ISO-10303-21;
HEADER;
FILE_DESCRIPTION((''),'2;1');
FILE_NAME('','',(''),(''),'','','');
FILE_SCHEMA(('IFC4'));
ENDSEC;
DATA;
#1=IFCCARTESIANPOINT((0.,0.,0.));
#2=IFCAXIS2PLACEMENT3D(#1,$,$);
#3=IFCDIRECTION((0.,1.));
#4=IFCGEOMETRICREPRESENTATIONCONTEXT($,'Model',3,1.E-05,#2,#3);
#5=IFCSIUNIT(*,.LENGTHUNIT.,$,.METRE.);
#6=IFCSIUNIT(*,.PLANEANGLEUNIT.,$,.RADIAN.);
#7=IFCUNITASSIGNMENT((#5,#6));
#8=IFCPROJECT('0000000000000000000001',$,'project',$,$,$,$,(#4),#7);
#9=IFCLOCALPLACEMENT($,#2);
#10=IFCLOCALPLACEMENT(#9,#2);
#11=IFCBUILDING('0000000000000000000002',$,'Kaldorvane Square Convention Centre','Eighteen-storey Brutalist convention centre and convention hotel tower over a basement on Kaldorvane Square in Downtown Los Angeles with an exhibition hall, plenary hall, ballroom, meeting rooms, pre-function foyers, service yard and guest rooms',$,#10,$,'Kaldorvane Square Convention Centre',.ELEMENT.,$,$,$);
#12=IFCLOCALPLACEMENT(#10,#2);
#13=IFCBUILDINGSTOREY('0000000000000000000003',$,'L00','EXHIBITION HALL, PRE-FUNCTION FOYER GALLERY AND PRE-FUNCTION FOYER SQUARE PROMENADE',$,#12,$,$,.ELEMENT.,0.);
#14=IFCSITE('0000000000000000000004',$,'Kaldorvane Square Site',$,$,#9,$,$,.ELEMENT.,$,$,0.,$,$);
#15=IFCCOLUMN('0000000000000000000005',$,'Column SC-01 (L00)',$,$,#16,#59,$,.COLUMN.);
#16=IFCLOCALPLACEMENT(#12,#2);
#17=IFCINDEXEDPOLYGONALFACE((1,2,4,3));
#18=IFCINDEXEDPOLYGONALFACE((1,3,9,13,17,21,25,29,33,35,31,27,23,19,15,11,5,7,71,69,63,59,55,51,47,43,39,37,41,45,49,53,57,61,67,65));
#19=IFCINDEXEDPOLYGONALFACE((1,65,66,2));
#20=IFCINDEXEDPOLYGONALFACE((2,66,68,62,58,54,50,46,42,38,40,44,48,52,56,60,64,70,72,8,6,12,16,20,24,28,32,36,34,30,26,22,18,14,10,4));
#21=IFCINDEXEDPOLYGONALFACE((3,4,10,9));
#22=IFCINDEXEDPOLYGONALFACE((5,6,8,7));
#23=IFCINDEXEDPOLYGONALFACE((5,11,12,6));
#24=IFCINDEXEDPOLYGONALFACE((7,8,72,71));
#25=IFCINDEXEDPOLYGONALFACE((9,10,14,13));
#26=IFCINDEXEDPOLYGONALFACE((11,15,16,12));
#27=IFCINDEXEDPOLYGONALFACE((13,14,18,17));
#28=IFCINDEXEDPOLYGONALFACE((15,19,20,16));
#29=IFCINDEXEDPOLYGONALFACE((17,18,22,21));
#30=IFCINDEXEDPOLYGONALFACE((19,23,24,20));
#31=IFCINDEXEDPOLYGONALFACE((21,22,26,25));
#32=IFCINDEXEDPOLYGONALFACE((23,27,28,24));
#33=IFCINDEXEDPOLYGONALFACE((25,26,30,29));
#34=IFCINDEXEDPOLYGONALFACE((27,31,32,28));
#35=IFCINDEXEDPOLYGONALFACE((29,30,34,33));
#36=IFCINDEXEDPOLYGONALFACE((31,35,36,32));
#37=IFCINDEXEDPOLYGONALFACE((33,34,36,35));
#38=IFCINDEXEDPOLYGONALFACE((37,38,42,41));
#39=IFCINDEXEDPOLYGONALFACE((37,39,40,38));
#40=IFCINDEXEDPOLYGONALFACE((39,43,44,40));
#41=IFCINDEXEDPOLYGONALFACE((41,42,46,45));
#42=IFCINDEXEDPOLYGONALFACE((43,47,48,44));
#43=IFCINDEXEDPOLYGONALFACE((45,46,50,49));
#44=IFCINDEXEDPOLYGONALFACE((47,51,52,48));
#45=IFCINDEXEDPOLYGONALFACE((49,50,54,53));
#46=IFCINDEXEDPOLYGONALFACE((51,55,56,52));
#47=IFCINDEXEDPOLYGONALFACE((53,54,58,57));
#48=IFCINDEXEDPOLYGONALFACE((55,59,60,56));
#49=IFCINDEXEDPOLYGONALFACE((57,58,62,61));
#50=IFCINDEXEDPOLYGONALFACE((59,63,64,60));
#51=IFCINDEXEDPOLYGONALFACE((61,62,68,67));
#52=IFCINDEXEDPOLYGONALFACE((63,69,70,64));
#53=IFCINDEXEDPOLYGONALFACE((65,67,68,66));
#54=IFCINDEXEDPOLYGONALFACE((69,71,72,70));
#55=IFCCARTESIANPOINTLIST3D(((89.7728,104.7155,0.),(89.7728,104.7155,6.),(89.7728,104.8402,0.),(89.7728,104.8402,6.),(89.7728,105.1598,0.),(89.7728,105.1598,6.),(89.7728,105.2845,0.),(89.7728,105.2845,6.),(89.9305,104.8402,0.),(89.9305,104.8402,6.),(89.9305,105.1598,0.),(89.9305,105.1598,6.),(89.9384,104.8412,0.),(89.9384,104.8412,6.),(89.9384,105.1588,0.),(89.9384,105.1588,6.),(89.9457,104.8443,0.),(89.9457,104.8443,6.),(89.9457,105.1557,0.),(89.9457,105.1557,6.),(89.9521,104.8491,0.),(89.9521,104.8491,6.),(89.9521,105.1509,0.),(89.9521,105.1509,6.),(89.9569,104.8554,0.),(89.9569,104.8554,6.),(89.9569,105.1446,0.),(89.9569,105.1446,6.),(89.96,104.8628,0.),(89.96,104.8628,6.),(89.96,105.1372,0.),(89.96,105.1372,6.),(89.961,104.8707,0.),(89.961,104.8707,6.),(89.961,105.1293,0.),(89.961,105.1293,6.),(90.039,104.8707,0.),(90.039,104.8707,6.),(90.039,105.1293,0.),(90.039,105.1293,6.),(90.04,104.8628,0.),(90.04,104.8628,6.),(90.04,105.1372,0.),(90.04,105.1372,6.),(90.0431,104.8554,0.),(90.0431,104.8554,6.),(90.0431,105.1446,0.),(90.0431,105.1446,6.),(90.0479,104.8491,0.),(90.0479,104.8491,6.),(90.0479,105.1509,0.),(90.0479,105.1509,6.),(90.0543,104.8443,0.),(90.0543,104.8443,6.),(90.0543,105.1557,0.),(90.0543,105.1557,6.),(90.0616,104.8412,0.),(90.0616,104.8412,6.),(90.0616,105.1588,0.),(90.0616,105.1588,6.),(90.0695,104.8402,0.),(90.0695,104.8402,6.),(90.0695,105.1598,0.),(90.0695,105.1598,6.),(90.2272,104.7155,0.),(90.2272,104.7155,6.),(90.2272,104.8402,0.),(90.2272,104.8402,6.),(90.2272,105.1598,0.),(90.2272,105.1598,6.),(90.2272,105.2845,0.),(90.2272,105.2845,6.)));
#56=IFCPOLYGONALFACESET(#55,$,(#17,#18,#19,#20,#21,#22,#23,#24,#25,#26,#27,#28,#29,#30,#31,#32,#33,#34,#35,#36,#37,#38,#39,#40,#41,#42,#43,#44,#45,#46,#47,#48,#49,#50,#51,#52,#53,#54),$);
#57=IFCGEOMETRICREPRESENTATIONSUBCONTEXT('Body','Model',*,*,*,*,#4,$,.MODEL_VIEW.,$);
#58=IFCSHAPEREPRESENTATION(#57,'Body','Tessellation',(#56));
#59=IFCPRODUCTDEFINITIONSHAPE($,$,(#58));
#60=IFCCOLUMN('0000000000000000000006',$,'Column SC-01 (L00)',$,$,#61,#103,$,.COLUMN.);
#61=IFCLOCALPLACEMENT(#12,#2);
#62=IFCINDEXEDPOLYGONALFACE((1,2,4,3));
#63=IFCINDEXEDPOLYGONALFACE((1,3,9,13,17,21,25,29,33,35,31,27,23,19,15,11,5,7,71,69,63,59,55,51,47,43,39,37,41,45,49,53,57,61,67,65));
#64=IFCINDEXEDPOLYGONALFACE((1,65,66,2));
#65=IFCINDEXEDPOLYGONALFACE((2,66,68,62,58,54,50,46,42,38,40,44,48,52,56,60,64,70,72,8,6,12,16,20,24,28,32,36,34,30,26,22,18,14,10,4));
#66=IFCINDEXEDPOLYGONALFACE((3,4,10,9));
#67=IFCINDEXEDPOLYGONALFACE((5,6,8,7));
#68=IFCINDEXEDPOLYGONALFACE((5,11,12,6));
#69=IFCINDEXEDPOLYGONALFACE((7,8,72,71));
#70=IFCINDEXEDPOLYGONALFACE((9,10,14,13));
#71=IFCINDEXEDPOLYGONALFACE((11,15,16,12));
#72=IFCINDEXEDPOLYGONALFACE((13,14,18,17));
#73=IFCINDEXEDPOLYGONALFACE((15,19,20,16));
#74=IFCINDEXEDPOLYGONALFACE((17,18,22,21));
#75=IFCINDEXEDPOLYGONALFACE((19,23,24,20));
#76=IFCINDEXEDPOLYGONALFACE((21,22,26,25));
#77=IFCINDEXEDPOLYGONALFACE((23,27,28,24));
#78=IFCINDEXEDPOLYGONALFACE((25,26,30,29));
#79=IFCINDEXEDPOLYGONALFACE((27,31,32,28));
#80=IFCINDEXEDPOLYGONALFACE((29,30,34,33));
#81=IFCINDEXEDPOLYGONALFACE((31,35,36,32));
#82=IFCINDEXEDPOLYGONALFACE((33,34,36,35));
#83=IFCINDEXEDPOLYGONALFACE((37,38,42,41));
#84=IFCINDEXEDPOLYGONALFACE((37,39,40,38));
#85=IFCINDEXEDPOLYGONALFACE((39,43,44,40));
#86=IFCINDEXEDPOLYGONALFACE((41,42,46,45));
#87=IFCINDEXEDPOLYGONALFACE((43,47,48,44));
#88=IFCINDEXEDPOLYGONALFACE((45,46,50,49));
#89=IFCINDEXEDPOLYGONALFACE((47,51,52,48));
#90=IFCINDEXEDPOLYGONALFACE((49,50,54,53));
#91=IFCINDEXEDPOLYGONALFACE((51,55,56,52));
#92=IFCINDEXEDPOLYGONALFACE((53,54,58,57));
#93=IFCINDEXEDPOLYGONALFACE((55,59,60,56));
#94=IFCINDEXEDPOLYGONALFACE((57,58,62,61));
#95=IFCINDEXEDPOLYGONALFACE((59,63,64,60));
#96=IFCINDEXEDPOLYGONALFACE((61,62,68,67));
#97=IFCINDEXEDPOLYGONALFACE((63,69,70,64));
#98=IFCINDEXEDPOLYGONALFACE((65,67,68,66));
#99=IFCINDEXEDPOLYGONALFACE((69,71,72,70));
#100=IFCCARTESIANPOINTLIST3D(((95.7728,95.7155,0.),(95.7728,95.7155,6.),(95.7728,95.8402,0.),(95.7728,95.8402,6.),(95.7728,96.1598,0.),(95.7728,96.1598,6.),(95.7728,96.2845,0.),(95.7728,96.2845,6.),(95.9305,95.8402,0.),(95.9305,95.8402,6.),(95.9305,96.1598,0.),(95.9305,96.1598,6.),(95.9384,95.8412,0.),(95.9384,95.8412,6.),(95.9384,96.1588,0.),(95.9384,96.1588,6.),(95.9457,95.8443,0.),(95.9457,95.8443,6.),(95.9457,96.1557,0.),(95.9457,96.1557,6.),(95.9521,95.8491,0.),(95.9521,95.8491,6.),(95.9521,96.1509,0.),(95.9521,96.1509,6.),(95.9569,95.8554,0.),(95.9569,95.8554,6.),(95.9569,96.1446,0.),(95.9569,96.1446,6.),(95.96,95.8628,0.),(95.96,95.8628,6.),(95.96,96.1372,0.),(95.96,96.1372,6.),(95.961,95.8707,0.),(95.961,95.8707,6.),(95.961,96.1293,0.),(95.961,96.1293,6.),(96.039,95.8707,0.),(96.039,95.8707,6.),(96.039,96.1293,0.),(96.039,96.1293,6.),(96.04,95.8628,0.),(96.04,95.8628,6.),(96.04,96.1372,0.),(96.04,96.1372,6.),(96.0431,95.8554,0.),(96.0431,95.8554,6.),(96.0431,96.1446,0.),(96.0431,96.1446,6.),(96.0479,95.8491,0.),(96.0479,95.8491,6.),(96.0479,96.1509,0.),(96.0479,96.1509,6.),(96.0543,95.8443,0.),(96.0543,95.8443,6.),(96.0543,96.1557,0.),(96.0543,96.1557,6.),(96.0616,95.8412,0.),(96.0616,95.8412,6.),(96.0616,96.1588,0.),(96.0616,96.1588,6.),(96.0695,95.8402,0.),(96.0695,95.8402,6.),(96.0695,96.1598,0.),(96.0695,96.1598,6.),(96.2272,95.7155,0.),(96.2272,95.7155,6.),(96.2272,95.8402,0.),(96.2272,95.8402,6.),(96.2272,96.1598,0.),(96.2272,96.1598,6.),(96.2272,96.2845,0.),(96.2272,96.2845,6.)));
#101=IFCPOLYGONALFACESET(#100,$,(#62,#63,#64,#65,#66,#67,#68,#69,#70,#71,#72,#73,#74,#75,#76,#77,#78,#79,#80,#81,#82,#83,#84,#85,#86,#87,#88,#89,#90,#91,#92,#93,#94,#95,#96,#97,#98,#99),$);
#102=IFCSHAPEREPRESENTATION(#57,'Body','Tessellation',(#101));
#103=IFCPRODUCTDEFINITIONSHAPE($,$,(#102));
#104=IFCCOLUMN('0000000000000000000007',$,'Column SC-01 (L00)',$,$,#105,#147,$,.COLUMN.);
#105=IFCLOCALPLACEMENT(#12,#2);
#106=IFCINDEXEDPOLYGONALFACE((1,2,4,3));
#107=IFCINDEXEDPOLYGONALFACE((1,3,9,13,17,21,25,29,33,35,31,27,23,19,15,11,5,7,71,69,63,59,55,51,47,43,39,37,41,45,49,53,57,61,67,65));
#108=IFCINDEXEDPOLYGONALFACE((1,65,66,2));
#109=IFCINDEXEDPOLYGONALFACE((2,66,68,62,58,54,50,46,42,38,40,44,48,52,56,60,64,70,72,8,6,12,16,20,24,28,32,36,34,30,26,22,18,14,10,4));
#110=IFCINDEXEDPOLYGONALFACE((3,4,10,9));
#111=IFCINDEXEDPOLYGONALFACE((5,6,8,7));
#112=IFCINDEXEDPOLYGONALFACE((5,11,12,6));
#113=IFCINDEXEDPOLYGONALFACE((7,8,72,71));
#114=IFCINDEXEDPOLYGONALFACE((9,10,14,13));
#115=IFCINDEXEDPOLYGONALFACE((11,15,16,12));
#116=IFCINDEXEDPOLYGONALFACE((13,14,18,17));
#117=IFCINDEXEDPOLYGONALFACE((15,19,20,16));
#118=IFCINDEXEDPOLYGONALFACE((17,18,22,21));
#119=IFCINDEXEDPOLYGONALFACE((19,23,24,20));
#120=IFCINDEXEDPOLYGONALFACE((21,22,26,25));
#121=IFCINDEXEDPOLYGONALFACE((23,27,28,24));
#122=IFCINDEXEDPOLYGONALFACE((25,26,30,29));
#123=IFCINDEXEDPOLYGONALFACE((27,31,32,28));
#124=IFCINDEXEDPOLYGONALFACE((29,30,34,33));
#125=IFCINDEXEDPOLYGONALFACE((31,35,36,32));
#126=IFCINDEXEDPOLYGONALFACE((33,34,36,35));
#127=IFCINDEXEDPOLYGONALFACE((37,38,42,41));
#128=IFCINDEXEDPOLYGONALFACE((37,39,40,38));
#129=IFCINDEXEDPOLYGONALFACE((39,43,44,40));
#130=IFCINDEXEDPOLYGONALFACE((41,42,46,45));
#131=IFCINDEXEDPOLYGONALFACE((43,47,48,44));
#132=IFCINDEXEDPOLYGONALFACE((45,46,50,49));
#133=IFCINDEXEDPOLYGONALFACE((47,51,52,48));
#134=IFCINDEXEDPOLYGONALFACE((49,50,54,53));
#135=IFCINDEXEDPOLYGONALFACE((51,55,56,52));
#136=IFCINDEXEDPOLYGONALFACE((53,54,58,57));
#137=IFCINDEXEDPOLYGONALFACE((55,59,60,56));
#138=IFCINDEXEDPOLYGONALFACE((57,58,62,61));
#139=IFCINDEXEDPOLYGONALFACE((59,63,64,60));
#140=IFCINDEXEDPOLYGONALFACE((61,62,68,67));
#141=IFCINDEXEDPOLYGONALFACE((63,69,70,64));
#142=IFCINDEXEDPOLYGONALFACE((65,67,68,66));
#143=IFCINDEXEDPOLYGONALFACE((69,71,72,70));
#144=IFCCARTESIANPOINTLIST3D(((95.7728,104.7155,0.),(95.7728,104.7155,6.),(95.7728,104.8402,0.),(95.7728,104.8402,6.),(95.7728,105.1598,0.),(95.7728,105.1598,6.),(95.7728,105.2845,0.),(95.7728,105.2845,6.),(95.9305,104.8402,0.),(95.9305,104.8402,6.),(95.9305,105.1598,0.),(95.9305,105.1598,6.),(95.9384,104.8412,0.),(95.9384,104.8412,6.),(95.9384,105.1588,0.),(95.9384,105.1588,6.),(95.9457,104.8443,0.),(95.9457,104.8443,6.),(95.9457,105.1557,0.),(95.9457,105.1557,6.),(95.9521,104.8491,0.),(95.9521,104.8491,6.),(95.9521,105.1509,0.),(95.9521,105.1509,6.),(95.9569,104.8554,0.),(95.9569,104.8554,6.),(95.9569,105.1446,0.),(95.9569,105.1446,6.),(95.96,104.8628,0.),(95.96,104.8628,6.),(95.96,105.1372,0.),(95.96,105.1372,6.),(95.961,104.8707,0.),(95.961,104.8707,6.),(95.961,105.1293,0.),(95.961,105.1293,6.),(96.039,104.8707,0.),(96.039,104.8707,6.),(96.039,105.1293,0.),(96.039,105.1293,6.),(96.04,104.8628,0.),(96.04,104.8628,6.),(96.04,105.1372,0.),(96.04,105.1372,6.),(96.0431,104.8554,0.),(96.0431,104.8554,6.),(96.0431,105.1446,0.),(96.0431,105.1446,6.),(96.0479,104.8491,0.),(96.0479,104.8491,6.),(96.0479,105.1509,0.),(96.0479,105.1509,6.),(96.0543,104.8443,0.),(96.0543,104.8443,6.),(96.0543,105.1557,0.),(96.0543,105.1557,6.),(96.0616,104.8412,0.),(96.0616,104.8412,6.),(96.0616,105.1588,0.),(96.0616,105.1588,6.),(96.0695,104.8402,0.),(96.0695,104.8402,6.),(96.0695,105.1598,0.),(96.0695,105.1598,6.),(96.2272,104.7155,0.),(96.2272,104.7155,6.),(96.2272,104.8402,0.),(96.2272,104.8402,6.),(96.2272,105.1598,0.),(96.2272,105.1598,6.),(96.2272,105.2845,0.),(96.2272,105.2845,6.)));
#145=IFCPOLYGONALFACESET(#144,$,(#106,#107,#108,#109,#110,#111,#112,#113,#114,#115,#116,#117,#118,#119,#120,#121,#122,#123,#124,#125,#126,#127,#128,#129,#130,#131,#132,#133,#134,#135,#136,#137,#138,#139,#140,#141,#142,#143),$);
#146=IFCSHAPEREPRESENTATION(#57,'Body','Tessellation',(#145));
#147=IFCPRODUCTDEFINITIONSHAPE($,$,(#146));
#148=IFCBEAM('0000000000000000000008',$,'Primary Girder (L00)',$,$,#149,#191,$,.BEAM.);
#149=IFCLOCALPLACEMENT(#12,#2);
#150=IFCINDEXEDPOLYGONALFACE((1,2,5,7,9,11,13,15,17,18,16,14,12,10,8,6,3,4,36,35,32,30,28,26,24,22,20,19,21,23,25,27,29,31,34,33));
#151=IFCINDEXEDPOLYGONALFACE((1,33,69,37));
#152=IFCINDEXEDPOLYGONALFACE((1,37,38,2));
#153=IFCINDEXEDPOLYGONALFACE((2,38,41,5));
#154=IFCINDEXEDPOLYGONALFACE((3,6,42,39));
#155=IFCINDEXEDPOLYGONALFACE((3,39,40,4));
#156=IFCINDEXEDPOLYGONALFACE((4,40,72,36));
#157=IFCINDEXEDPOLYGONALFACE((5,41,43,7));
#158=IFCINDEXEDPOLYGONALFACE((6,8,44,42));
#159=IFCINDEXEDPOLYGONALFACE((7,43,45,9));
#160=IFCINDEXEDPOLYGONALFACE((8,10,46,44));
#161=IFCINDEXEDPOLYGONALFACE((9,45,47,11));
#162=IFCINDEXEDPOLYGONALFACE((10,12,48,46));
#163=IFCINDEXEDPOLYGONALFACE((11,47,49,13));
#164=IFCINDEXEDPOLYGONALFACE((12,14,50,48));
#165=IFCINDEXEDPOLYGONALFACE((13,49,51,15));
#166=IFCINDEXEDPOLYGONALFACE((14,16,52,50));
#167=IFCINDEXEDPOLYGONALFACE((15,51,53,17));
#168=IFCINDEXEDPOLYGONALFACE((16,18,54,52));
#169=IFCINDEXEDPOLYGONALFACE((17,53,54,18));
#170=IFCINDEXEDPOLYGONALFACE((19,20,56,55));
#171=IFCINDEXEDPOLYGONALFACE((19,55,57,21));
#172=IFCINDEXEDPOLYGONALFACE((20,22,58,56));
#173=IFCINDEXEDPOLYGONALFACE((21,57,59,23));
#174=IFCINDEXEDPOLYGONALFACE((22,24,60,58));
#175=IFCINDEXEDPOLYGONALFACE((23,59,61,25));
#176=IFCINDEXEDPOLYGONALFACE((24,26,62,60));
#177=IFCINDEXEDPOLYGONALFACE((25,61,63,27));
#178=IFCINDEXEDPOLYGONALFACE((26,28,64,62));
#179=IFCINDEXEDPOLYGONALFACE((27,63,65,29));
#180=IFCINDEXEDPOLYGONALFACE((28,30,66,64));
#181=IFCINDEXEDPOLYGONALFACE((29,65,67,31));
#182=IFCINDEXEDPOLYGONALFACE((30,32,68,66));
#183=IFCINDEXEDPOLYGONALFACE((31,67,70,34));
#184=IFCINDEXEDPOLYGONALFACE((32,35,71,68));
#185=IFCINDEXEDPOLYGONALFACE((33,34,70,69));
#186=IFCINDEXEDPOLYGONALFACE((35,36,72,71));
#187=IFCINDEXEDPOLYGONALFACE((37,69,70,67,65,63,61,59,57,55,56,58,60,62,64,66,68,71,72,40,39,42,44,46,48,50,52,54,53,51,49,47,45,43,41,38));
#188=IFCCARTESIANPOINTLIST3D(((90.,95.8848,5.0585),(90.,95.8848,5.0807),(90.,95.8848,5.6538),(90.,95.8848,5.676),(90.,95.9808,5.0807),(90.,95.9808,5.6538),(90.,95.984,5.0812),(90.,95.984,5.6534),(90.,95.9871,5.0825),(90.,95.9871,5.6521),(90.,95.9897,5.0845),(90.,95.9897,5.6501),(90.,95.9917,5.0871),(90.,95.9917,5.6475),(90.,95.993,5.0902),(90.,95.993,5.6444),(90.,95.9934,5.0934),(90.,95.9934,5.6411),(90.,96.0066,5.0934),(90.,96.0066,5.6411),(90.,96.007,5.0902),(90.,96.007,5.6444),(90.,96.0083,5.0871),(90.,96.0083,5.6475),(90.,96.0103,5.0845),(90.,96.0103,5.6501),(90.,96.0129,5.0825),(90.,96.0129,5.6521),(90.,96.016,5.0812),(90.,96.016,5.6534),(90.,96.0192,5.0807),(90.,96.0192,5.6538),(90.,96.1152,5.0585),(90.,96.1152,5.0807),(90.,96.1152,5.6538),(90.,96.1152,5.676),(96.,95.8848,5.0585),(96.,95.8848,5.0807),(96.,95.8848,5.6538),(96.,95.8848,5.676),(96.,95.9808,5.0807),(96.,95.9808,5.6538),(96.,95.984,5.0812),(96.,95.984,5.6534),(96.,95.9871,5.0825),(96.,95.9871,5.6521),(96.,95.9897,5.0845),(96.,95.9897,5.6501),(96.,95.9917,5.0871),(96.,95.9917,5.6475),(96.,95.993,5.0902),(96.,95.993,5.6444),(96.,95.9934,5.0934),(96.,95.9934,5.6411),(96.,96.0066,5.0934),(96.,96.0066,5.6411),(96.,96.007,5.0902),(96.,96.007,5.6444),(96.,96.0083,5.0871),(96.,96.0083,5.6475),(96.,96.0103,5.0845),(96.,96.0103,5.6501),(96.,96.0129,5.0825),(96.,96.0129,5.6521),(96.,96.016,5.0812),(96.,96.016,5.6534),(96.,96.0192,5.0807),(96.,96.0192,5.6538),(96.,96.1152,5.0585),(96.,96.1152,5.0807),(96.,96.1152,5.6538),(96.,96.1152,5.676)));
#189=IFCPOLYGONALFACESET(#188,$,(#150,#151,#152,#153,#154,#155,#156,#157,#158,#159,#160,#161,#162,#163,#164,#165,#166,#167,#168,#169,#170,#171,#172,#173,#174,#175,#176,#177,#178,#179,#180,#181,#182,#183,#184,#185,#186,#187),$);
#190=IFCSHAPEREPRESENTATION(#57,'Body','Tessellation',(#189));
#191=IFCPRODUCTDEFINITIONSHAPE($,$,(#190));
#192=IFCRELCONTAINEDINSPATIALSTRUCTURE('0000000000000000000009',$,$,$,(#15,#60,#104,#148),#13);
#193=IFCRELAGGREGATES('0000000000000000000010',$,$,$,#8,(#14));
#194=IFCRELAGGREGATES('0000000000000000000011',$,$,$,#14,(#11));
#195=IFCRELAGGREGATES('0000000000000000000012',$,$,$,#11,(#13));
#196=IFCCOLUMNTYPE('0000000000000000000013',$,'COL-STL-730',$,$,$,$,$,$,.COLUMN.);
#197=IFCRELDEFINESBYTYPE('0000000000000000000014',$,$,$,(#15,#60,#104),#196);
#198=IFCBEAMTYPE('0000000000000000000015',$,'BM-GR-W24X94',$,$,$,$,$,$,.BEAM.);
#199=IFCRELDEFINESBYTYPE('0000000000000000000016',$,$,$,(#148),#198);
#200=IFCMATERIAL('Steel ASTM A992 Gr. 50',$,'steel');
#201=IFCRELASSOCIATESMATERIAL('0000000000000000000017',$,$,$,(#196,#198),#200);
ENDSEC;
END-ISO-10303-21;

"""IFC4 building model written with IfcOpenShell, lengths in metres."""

from ifc_helpers import new_model, si_unit, direction, frame, origin, origin_2d, place, context, subcontext, project, spatial, i_section, extrude, material, material_profile, profile_set, type_object, element, save


model = new_model("IFC4")

# Units and contexts
model_context = context("Model", 3, precision=1e-05, world=origin(), true_north=direction((0.0, 1.0)))
body_context = subcontext(model_context, "Body", "Model", "MODEL_VIEW")
ifc_project = project(units=[si_unit("LENGTHUNIT", "METRE"), si_unit("PLANEANGLEUNIT", "RADIAN")], contexts=[model_context])

# Site, building, storey
site_placement = place(None, origin())
site = spatial("IfcSite", under=ifc_project, at=site_placement, Name="Kaldorvane Square Site", CompositionType="ELEMENT", RefElevation=0.0)
building_placement = place(site_placement, origin())
building = spatial("IfcBuilding", under=site, at=building_placement, Name="Kaldorvane Square Convention Centre", Description="Eighteen-storey Brutalist convention centre and convention hotel tower over a basement on Kaldorvane Square in Downtown Los Angeles with an exhibition hall, plenary hall, ballroom, meeting rooms, pre-function foyers, service yard and guest rooms", LongName="Kaldorvane Square Convention Centre", CompositionType="ELEMENT")
storey_placement = place(building_placement, origin())
storey = spatial("IfcBuildingStorey", under=building, at=storey_placement, Name="L00", Description="EXHIBITION HALL, PRE-FUNCTION FOYER GALLERY AND PRE-FUNCTION FOYER SQUARE PROMENADE", CompositionType="ELEMENT", Elevation=0.0)

# Columns
ifc_material_1 = material(Name="Steel ASTM A992 Gr. 50", Category="steel")
ifc_material_profile_1 = material_profile(ifc_material_1, i_section(OverallWidth=0.4544, OverallDepth=0.569, WebThickness=0.078, FlangeThickness=0.1247, FilletRadius=0.0305, at=origin_2d()), Name="W14X730")
ifc_profile_set_1 = profile_set([ifc_material_profile_1], Name="Steel ASTM A992 Gr. 50")
column_type_1 = type_object("IfcColumnType", Name="COL-STL-730", PredefinedType="COLUMN", material=ifc_profile_set_1)
for number, where, z_axis, x_axis, name in (
    (1, (90.0, 105.0, 0.0), (0.0, 0.0, 1.0), (1.0, 0.0, 0.0), "Column SC-01 (L00)"),
    (2, (96.0, 96.0, 0.0), (0.0, 0.0, 1.0), (1.0, 0.0, 0.0), "Column SC-01 (L00)"),
    (3, (96.0, 105.0, 0.0), (0.0, 0.0, 1.0), (1.0, 0.0, 0.0), "Column SC-01 (L00)"),
):
    element("IfcColumn", number, at=place(storey_placement, frame(where, z_axis=z_axis, x_axis=x_axis)), inside=storey, type_object=column_type_1, Name=name, PredefinedType="COLUMN", context=body_context, shape_type="SweptSolid", body=[
        extrude(i_section(OverallWidth=0.4544, OverallDepth=0.569, WebThickness=0.078, FlangeThickness=0.1247, FilletRadius=0.0305, at=origin_2d()), origin(), (0.0, 0.0, 1.0), 6.0),
    ])

# Beam
ifc_material_profile_2 = material_profile(ifc_material_1, i_section(OverallWidth=0.2303, OverallDepth=0.6175, WebThickness=0.0131, FlangeThickness=0.0222, FilletRadius=0.0127, at=origin_2d()), Name="W24X94")
ifc_profile_set_2 = profile_set([ifc_material_profile_2], Name="Steel ASTM A992 Gr. 50")
beam_type_1 = type_object("IfcBeamType", Name="BM-GR-W24X94", PredefinedType="BEAM", material=ifc_profile_set_2)
for number, where, z_axis, x_axis, name in (
    (4, (90.0, 96.0, 5.3673), (1.0, 0.0, 0.0), (0.0, 1.0, 0.0), "Primary Girder (L00)"),
):
    element("IfcBeam", number, at=place(storey_placement, frame(where, z_axis=z_axis, x_axis=x_axis)), inside=storey, type_object=beam_type_1, Name=name, PredefinedType="BEAM", context=body_context, shape_type="SweptSolid", body=[
        extrude(i_section(OverallWidth=0.2303, OverallDepth=0.6175, WebThickness=0.0131, FlangeThickness=0.0222, FilletRadius=0.0127, at=origin_2d()), origin(), (0.0, 0.0, 1.0), 6.0),
    ])

save(model, "model.ifc")
